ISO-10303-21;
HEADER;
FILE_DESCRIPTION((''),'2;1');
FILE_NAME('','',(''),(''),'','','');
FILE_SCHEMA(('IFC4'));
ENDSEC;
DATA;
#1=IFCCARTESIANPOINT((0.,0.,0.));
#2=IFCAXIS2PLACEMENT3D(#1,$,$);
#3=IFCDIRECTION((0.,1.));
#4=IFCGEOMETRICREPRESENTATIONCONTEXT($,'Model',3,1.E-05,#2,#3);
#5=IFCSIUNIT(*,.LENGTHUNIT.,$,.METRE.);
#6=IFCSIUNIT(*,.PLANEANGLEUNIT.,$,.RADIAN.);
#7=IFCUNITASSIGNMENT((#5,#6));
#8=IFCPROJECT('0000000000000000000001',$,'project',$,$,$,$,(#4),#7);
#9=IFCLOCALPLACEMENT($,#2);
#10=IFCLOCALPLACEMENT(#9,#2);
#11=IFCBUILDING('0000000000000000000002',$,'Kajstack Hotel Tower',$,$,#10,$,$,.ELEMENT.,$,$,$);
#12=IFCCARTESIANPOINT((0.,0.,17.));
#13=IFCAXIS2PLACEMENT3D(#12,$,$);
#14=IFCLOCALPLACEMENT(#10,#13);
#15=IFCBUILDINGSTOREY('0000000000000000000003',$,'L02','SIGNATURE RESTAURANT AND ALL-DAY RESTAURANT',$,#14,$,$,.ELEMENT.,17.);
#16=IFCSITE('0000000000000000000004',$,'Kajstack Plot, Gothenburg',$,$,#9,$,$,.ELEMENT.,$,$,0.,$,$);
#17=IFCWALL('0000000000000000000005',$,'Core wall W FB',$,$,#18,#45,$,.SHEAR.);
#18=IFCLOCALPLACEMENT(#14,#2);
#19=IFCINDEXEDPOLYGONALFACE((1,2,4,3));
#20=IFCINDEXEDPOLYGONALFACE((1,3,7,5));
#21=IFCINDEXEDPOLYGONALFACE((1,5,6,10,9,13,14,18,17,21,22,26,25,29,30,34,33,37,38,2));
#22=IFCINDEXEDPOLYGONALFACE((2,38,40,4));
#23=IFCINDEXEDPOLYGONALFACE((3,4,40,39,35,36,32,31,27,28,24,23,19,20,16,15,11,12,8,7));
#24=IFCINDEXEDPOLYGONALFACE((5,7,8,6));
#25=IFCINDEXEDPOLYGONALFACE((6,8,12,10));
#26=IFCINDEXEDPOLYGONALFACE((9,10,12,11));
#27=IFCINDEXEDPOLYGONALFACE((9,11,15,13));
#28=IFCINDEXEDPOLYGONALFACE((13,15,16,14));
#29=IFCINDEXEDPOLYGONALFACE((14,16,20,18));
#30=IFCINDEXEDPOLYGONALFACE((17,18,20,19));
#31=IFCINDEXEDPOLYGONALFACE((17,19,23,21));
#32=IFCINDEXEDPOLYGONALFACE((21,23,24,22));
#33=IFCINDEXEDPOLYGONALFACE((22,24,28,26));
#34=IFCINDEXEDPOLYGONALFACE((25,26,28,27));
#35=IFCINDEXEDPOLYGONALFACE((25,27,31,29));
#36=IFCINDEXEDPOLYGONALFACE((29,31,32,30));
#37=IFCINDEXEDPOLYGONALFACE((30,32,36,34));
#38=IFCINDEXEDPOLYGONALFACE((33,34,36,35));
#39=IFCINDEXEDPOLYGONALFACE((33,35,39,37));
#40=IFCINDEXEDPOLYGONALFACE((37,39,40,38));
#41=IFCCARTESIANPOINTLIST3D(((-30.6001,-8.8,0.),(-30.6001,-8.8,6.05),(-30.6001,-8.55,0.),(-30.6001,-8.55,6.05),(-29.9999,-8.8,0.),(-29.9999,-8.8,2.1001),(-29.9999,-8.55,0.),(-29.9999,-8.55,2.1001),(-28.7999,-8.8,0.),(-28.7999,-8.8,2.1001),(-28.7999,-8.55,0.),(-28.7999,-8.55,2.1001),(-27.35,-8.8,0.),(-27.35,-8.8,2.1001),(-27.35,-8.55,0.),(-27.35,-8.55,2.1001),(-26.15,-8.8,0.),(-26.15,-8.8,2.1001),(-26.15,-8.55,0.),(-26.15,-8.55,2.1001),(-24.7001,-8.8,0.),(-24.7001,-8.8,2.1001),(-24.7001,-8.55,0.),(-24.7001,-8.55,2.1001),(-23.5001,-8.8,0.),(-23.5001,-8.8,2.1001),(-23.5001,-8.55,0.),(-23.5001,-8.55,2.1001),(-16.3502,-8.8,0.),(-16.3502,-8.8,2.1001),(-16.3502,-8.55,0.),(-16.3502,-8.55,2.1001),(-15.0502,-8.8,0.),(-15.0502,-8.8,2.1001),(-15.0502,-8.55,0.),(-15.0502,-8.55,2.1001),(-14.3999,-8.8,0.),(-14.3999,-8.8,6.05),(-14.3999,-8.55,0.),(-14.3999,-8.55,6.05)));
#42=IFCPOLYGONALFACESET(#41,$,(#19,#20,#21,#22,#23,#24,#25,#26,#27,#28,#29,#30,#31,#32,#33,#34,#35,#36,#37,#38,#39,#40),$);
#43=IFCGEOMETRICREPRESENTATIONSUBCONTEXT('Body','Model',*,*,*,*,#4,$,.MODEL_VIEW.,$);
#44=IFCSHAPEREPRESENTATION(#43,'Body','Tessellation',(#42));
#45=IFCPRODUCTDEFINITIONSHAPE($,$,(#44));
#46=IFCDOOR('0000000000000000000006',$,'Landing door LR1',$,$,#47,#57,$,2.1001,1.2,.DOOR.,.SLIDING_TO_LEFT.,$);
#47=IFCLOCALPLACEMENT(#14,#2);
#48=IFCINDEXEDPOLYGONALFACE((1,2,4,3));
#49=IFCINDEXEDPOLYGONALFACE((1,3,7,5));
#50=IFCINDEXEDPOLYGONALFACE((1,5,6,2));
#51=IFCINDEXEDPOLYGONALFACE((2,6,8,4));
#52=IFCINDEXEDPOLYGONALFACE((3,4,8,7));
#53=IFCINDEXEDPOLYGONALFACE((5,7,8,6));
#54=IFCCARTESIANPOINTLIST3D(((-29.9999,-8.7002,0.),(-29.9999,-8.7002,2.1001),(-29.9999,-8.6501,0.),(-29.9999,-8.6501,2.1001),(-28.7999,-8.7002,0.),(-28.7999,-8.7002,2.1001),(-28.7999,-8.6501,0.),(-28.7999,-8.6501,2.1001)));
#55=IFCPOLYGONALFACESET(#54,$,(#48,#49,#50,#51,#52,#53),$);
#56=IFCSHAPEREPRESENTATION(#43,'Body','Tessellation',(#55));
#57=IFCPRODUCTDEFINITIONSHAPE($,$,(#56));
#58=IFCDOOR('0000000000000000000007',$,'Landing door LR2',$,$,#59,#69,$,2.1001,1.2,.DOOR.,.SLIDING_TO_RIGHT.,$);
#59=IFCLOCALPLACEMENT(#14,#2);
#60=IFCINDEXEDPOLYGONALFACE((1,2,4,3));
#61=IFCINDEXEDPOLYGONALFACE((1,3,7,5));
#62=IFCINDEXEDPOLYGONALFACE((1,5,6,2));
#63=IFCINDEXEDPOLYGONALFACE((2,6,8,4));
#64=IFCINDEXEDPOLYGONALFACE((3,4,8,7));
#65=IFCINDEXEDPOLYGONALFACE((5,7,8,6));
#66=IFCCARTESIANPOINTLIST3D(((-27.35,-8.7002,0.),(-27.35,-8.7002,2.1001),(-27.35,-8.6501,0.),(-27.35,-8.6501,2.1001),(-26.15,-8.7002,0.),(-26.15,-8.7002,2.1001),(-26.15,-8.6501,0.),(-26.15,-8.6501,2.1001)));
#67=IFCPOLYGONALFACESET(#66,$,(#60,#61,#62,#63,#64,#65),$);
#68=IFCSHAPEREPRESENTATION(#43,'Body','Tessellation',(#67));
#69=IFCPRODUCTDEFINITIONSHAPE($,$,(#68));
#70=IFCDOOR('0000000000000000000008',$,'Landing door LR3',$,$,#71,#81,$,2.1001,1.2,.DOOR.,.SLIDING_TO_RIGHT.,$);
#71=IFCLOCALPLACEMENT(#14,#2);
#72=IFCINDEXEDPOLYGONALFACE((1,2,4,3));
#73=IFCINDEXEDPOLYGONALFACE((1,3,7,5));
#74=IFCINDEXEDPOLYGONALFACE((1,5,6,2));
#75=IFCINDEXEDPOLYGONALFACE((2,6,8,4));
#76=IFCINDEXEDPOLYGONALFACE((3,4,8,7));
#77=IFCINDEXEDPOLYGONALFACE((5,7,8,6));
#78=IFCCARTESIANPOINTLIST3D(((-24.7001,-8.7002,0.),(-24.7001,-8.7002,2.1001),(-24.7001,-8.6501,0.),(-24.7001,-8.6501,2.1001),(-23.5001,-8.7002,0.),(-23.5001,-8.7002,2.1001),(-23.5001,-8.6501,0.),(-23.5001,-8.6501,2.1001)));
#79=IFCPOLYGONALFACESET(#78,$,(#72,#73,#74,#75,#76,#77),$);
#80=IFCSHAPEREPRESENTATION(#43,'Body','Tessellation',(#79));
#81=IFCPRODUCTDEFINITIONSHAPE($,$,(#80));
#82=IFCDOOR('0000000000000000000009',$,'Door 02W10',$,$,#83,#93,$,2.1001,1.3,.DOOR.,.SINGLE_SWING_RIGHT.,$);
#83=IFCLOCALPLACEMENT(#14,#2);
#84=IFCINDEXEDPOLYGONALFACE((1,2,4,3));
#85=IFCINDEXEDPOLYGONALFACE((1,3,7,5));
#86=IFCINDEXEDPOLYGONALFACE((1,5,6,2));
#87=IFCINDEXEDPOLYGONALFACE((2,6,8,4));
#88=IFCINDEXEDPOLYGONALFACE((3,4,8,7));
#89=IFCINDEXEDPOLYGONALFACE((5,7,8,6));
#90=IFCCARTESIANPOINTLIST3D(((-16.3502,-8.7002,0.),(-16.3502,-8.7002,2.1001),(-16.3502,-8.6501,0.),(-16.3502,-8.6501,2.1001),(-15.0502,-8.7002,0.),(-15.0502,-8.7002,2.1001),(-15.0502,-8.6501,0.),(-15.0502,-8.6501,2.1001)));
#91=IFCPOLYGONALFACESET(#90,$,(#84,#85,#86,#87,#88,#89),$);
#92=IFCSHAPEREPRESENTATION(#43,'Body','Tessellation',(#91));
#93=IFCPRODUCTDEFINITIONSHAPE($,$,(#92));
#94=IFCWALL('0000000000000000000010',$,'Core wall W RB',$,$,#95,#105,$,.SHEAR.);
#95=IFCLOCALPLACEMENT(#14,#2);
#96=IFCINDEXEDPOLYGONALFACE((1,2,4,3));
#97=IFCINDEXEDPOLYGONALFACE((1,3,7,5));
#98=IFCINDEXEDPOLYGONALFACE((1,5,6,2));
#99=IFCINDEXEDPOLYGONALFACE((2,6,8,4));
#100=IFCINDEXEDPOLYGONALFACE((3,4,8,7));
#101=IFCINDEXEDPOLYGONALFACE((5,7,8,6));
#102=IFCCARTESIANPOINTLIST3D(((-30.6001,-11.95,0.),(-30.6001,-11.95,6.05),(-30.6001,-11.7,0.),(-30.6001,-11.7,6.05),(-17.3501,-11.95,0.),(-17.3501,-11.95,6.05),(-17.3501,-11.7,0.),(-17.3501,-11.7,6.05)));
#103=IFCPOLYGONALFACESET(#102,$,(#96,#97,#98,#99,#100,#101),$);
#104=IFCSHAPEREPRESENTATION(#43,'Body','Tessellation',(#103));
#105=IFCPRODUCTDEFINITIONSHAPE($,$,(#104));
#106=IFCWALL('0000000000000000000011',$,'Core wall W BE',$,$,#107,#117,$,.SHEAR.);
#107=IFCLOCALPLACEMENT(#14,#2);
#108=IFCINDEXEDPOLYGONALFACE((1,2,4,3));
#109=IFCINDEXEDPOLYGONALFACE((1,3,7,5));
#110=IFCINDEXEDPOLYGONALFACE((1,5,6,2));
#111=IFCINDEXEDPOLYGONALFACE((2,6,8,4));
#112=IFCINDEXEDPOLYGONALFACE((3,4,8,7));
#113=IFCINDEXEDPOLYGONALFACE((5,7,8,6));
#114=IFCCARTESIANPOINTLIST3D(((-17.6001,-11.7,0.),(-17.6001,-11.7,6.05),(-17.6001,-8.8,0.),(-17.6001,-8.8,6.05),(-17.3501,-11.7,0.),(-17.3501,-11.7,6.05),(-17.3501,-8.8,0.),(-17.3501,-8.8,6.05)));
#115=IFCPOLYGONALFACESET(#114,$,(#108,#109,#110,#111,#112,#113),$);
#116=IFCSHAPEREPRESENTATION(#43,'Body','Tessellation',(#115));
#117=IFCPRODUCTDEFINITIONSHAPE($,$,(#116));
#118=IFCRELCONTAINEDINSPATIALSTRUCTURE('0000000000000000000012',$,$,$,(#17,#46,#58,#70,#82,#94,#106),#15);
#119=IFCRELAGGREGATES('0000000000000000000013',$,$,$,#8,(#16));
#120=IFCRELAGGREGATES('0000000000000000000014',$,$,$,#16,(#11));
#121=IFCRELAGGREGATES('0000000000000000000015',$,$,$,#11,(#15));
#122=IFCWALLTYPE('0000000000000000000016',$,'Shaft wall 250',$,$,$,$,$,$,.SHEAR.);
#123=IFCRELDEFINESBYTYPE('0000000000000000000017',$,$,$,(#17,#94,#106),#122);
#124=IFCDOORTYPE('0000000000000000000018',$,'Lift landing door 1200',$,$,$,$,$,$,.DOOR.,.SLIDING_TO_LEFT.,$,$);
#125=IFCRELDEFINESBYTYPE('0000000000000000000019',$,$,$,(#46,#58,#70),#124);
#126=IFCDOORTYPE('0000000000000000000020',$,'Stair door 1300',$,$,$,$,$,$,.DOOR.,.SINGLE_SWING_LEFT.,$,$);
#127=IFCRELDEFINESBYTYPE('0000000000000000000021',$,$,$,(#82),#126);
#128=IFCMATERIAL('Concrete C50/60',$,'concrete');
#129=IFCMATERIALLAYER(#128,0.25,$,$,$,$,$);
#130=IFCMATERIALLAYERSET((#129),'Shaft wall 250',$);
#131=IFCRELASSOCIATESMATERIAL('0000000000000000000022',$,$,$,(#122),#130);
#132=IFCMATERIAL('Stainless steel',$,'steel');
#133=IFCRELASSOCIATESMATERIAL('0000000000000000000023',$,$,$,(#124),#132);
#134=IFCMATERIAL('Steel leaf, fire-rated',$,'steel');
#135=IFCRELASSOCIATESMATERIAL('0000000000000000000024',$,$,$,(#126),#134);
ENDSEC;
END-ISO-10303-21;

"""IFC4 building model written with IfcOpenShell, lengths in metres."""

from ifc_helpers import new_model, si_unit, direction, frame, frame_2d, origin, place, context, subcontext, project, spatial, rectangle, extrude, material, layer, layer_set, type_object, element, fill, save


model = new_model("IFC4")

# Units and contexts
model_context = context("Model", 3, precision=1e-05, world=origin(), true_north=direction((0.0, 1.0)))
body_context = subcontext(model_context, "Body", "Model", "MODEL_VIEW")
ifc_project = project(units=[si_unit("LENGTHUNIT", "METRE"), si_unit("PLANEANGLEUNIT", "RADIAN")], contexts=[model_context])

# Site, building, storey
site_placement = place(None, origin())
site = spatial("IfcSite", under=ifc_project, at=site_placement, Name="Kajstack Plot, Gothenburg", CompositionType="ELEMENT", RefElevation=0.0)
building_placement = place(site_placement, origin())
building = spatial("IfcBuilding", under=site, at=building_placement, Name="Kajstack Hotel Tower", CompositionType="ELEMENT")
storey_placement = place(building_placement, frame((0.0, 0.0, 17.0)))
storey = spatial("IfcBuildingStorey", under=building, at=storey_placement, Name="L02", Description="SIGNATURE RESTAURANT AND ALL-DAY RESTAURANT", CompositionType="ELEMENT", Elevation=17.0)

# Shared definitions
ifc_material_1 = material(Name="Concrete C50/60", Category="concrete")

# Shared definitions
ifc_layer_1 = layer(ifc_material_1, 0.25)
ifc_layer_set_1 = layer_set([ifc_layer_1], Name="Shaft wall 250")
wall_type_1 = type_object("IfcWallType", Name="Shaft wall 250", PredefinedType="SHEAR", material=ifc_layer_set_1)

# Wall, openings, doors
wall_1_placement = place(storey_placement, frame((-30.6001, -8.675, 0.0), z_axis=(0.0, 0.0, 1.0), x_axis=(1.0, 0.0, 0.0)))
wall_1 = element("IfcWall", 1, at=wall_1_placement, inside=storey, type_object=wall_type_1, Name="Core wall W FB", PredefinedType="SHEAR", context=body_context, shape_type="SweptSolid", body=[
    extrude(rectangle(XDim=16.2002, YDim=0.25, at=frame_2d((8.1001, 0.0))), origin(), (0.0, 0.0, 1.0), 6.05),
])
opening_1_placement = place(wall_1_placement, frame((0.6001, 0.0, 0.0)))
opening_1 = element("IfcOpeningElement", 2, at=opening_1_placement, cuts=wall_1, PredefinedType="OPENING", context=body_context, shape_type="SweptSolid", body=[
    extrude(rectangle(XDim=1.2, YDim=2.1001, at=frame_2d((0.6001, 1.05))), frame((0.0, 0.135, 0.0), z_axis=(0.0, -1.0, 0.0), x_axis=(1.0, 0.0, 0.0)), (0.0, 0.0, 1.0), 0.27),
])
opening_2_placement = place(wall_1_placement, frame((3.25, 0.0, 0.0)))
opening_2 = element("IfcOpeningElement", 3, at=opening_2_placement, cuts=wall_1, PredefinedType="OPENING", context=body_context, shape_type="SweptSolid", body=[
    extrude(rectangle(XDim=1.2, YDim=2.1001, at=frame_2d((0.6001, 1.05))), frame((0.0, 0.135, 0.0), z_axis=(0.0, -1.0, 0.0), x_axis=(1.0, 0.0, 0.0)), (0.0, 0.0, 1.0), 0.27),
])
opening_3_placement = place(wall_1_placement, frame((5.8999, 0.0, 0.0)))
opening_3 = element("IfcOpeningElement", 4, at=opening_3_placement, cuts=wall_1, PredefinedType="OPENING", context=body_context, shape_type="SweptSolid", body=[
    extrude(rectangle(XDim=1.2, YDim=2.1001, at=frame_2d((0.6001, 1.05))), frame((0.0, 0.135, 0.0), z_axis=(0.0, -1.0, 0.0), x_axis=(1.0, 0.0, 0.0)), (0.0, 0.0, 1.0), 0.27),
])
opening_4_placement = place(wall_1_placement, frame((14.25, 0.0, 0.0)))
opening_4 = element("IfcOpeningElement", 5, at=opening_4_placement, cuts=wall_1, PredefinedType="OPENING", context=body_context, shape_type="SweptSolid", body=[
    extrude(rectangle(XDim=1.3, YDim=2.1001, at=frame_2d((0.6499, 1.05))), frame((0.0, 0.135, 0.0), z_axis=(0.0, -1.0, 0.0), x_axis=(1.0, 0.0, 0.0)), (0.0, 0.0, 1.0), 0.27),
])
ifc_material_2 = material(Name="Stainless steel", Category="steel")
door_type_1 = type_object("IfcDoorType", Name="Lift landing door 1200", OperationType="SLIDING_TO_LEFT", PredefinedType="DOOR", material=ifc_material_2)
door_1_placement = place(opening_1_placement, origin())
door_1 = element("IfcDoor", 6, at=door_1_placement, inside=storey, type_object=door_type_1, Name="Landing door LR1", OperationType="SLIDING_TO_LEFT", OverallHeight=2.1001, OverallWidth=1.2, PredefinedType="DOOR", context=body_context, shape_type="SweptSolid", body=[
    extrude(rectangle(XDim=1.2, YDim=2.1001, at=frame_2d((0.6001, 1.05))), frame((0.0, 0.0249, 0.0), z_axis=(0.0, -1.0, 0.0), x_axis=(1.0, 0.0, 0.0)), (0.0, 0.0, 1.0), 0.05),
])
fill(opening_1, door_1)
door_2_placement = place(opening_2_placement, origin())
door_2 = element("IfcDoor", 7, at=door_2_placement, inside=storey, type_object=door_type_1, Name="Landing door LR2", OperationType="SLIDING_TO_RIGHT", OverallHeight=2.1001, OverallWidth=1.2, PredefinedType="DOOR", context=body_context, shape_type="SweptSolid", body=[
    extrude(rectangle(XDim=1.2, YDim=2.1001, at=frame_2d((0.6001, 1.05))), frame((0.0, 0.0249, 0.0), z_axis=(0.0, -1.0, 0.0), x_axis=(1.0, 0.0, 0.0)), (0.0, 0.0, 1.0), 0.05),
])
fill(opening_2, door_2)
door_3_placement = place(opening_3_placement, origin())
door_3 = element("IfcDoor", 8, at=door_3_placement, inside=storey, type_object=door_type_1, Name="Landing door LR3", OperationType="SLIDING_TO_RIGHT", OverallHeight=2.1001, OverallWidth=1.2, PredefinedType="DOOR", context=body_context, shape_type="SweptSolid", body=[
    extrude(rectangle(XDim=1.2, YDim=2.1001, at=frame_2d((0.6001, 1.05))), frame((0.0, 0.0249, 0.0), z_axis=(0.0, -1.0, 0.0), x_axis=(1.0, 0.0, 0.0)), (0.0, 0.0, 1.0), 0.05),
])
fill(opening_3, door_3)
ifc_material_3 = material(Name="Steel leaf, fire-rated", Category="steel")
door_type_2 = type_object("IfcDoorType", Name="Stair door 1300", OperationType="SINGLE_SWING_LEFT", PredefinedType="DOOR", material=ifc_material_3)
door_4_placement = place(opening_4_placement, origin())
door_4 = element("IfcDoor", 9, at=door_4_placement, inside=storey, type_object=door_type_2, Name="Door 02W10", OperationType="SINGLE_SWING_RIGHT", OverallHeight=2.1001, OverallWidth=1.3, PredefinedType="DOOR", context=body_context, shape_type="SweptSolid", body=[
    extrude(rectangle(XDim=1.3, YDim=2.1001, at=frame_2d((0.6499, 1.05))), frame((0.0, 0.0249, 0.0), z_axis=(0.0, -1.0, 0.0), x_axis=(1.0, 0.0, 0.0)), (0.0, 0.0, 1.0), 0.05),
])
fill(opening_4, door_4)

# Walls
wall_2_placement = place(storey_placement, frame((-30.6001, -11.825, 0.0), z_axis=(0.0, 0.0, 1.0), x_axis=(1.0, 0.0, 0.0)))
element("IfcWall", 10, at=wall_2_placement, inside=storey, type_object=wall_type_1, Name="Core wall W RB", PredefinedType="SHEAR", context=body_context, shape_type="SweptSolid", body=[
    extrude(rectangle(XDim=13.25, YDim=0.25, at=frame_2d((6.625, 0.0))), origin(), (0.0, 0.0, 1.0), 6.05),
])
wall_3_placement = place(storey_placement, frame((-17.4751, -11.7, 0.0), z_axis=(0.0, 0.0, 1.0), x_axis=(0.0, 1.0, 0.0)))
element("IfcWall", 11, at=wall_3_placement, inside=storey, type_object=wall_type_1, Name="Core wall W BE", PredefinedType="SHEAR", context=body_context, shape_type="SweptSolid", body=[
    extrude(rectangle(XDim=2.8999, YDim=0.25, at=frame_2d((1.45, 0.0))), origin(), (0.0, 0.0, 1.0), 6.05),
])

save(model, "model.ifc")
